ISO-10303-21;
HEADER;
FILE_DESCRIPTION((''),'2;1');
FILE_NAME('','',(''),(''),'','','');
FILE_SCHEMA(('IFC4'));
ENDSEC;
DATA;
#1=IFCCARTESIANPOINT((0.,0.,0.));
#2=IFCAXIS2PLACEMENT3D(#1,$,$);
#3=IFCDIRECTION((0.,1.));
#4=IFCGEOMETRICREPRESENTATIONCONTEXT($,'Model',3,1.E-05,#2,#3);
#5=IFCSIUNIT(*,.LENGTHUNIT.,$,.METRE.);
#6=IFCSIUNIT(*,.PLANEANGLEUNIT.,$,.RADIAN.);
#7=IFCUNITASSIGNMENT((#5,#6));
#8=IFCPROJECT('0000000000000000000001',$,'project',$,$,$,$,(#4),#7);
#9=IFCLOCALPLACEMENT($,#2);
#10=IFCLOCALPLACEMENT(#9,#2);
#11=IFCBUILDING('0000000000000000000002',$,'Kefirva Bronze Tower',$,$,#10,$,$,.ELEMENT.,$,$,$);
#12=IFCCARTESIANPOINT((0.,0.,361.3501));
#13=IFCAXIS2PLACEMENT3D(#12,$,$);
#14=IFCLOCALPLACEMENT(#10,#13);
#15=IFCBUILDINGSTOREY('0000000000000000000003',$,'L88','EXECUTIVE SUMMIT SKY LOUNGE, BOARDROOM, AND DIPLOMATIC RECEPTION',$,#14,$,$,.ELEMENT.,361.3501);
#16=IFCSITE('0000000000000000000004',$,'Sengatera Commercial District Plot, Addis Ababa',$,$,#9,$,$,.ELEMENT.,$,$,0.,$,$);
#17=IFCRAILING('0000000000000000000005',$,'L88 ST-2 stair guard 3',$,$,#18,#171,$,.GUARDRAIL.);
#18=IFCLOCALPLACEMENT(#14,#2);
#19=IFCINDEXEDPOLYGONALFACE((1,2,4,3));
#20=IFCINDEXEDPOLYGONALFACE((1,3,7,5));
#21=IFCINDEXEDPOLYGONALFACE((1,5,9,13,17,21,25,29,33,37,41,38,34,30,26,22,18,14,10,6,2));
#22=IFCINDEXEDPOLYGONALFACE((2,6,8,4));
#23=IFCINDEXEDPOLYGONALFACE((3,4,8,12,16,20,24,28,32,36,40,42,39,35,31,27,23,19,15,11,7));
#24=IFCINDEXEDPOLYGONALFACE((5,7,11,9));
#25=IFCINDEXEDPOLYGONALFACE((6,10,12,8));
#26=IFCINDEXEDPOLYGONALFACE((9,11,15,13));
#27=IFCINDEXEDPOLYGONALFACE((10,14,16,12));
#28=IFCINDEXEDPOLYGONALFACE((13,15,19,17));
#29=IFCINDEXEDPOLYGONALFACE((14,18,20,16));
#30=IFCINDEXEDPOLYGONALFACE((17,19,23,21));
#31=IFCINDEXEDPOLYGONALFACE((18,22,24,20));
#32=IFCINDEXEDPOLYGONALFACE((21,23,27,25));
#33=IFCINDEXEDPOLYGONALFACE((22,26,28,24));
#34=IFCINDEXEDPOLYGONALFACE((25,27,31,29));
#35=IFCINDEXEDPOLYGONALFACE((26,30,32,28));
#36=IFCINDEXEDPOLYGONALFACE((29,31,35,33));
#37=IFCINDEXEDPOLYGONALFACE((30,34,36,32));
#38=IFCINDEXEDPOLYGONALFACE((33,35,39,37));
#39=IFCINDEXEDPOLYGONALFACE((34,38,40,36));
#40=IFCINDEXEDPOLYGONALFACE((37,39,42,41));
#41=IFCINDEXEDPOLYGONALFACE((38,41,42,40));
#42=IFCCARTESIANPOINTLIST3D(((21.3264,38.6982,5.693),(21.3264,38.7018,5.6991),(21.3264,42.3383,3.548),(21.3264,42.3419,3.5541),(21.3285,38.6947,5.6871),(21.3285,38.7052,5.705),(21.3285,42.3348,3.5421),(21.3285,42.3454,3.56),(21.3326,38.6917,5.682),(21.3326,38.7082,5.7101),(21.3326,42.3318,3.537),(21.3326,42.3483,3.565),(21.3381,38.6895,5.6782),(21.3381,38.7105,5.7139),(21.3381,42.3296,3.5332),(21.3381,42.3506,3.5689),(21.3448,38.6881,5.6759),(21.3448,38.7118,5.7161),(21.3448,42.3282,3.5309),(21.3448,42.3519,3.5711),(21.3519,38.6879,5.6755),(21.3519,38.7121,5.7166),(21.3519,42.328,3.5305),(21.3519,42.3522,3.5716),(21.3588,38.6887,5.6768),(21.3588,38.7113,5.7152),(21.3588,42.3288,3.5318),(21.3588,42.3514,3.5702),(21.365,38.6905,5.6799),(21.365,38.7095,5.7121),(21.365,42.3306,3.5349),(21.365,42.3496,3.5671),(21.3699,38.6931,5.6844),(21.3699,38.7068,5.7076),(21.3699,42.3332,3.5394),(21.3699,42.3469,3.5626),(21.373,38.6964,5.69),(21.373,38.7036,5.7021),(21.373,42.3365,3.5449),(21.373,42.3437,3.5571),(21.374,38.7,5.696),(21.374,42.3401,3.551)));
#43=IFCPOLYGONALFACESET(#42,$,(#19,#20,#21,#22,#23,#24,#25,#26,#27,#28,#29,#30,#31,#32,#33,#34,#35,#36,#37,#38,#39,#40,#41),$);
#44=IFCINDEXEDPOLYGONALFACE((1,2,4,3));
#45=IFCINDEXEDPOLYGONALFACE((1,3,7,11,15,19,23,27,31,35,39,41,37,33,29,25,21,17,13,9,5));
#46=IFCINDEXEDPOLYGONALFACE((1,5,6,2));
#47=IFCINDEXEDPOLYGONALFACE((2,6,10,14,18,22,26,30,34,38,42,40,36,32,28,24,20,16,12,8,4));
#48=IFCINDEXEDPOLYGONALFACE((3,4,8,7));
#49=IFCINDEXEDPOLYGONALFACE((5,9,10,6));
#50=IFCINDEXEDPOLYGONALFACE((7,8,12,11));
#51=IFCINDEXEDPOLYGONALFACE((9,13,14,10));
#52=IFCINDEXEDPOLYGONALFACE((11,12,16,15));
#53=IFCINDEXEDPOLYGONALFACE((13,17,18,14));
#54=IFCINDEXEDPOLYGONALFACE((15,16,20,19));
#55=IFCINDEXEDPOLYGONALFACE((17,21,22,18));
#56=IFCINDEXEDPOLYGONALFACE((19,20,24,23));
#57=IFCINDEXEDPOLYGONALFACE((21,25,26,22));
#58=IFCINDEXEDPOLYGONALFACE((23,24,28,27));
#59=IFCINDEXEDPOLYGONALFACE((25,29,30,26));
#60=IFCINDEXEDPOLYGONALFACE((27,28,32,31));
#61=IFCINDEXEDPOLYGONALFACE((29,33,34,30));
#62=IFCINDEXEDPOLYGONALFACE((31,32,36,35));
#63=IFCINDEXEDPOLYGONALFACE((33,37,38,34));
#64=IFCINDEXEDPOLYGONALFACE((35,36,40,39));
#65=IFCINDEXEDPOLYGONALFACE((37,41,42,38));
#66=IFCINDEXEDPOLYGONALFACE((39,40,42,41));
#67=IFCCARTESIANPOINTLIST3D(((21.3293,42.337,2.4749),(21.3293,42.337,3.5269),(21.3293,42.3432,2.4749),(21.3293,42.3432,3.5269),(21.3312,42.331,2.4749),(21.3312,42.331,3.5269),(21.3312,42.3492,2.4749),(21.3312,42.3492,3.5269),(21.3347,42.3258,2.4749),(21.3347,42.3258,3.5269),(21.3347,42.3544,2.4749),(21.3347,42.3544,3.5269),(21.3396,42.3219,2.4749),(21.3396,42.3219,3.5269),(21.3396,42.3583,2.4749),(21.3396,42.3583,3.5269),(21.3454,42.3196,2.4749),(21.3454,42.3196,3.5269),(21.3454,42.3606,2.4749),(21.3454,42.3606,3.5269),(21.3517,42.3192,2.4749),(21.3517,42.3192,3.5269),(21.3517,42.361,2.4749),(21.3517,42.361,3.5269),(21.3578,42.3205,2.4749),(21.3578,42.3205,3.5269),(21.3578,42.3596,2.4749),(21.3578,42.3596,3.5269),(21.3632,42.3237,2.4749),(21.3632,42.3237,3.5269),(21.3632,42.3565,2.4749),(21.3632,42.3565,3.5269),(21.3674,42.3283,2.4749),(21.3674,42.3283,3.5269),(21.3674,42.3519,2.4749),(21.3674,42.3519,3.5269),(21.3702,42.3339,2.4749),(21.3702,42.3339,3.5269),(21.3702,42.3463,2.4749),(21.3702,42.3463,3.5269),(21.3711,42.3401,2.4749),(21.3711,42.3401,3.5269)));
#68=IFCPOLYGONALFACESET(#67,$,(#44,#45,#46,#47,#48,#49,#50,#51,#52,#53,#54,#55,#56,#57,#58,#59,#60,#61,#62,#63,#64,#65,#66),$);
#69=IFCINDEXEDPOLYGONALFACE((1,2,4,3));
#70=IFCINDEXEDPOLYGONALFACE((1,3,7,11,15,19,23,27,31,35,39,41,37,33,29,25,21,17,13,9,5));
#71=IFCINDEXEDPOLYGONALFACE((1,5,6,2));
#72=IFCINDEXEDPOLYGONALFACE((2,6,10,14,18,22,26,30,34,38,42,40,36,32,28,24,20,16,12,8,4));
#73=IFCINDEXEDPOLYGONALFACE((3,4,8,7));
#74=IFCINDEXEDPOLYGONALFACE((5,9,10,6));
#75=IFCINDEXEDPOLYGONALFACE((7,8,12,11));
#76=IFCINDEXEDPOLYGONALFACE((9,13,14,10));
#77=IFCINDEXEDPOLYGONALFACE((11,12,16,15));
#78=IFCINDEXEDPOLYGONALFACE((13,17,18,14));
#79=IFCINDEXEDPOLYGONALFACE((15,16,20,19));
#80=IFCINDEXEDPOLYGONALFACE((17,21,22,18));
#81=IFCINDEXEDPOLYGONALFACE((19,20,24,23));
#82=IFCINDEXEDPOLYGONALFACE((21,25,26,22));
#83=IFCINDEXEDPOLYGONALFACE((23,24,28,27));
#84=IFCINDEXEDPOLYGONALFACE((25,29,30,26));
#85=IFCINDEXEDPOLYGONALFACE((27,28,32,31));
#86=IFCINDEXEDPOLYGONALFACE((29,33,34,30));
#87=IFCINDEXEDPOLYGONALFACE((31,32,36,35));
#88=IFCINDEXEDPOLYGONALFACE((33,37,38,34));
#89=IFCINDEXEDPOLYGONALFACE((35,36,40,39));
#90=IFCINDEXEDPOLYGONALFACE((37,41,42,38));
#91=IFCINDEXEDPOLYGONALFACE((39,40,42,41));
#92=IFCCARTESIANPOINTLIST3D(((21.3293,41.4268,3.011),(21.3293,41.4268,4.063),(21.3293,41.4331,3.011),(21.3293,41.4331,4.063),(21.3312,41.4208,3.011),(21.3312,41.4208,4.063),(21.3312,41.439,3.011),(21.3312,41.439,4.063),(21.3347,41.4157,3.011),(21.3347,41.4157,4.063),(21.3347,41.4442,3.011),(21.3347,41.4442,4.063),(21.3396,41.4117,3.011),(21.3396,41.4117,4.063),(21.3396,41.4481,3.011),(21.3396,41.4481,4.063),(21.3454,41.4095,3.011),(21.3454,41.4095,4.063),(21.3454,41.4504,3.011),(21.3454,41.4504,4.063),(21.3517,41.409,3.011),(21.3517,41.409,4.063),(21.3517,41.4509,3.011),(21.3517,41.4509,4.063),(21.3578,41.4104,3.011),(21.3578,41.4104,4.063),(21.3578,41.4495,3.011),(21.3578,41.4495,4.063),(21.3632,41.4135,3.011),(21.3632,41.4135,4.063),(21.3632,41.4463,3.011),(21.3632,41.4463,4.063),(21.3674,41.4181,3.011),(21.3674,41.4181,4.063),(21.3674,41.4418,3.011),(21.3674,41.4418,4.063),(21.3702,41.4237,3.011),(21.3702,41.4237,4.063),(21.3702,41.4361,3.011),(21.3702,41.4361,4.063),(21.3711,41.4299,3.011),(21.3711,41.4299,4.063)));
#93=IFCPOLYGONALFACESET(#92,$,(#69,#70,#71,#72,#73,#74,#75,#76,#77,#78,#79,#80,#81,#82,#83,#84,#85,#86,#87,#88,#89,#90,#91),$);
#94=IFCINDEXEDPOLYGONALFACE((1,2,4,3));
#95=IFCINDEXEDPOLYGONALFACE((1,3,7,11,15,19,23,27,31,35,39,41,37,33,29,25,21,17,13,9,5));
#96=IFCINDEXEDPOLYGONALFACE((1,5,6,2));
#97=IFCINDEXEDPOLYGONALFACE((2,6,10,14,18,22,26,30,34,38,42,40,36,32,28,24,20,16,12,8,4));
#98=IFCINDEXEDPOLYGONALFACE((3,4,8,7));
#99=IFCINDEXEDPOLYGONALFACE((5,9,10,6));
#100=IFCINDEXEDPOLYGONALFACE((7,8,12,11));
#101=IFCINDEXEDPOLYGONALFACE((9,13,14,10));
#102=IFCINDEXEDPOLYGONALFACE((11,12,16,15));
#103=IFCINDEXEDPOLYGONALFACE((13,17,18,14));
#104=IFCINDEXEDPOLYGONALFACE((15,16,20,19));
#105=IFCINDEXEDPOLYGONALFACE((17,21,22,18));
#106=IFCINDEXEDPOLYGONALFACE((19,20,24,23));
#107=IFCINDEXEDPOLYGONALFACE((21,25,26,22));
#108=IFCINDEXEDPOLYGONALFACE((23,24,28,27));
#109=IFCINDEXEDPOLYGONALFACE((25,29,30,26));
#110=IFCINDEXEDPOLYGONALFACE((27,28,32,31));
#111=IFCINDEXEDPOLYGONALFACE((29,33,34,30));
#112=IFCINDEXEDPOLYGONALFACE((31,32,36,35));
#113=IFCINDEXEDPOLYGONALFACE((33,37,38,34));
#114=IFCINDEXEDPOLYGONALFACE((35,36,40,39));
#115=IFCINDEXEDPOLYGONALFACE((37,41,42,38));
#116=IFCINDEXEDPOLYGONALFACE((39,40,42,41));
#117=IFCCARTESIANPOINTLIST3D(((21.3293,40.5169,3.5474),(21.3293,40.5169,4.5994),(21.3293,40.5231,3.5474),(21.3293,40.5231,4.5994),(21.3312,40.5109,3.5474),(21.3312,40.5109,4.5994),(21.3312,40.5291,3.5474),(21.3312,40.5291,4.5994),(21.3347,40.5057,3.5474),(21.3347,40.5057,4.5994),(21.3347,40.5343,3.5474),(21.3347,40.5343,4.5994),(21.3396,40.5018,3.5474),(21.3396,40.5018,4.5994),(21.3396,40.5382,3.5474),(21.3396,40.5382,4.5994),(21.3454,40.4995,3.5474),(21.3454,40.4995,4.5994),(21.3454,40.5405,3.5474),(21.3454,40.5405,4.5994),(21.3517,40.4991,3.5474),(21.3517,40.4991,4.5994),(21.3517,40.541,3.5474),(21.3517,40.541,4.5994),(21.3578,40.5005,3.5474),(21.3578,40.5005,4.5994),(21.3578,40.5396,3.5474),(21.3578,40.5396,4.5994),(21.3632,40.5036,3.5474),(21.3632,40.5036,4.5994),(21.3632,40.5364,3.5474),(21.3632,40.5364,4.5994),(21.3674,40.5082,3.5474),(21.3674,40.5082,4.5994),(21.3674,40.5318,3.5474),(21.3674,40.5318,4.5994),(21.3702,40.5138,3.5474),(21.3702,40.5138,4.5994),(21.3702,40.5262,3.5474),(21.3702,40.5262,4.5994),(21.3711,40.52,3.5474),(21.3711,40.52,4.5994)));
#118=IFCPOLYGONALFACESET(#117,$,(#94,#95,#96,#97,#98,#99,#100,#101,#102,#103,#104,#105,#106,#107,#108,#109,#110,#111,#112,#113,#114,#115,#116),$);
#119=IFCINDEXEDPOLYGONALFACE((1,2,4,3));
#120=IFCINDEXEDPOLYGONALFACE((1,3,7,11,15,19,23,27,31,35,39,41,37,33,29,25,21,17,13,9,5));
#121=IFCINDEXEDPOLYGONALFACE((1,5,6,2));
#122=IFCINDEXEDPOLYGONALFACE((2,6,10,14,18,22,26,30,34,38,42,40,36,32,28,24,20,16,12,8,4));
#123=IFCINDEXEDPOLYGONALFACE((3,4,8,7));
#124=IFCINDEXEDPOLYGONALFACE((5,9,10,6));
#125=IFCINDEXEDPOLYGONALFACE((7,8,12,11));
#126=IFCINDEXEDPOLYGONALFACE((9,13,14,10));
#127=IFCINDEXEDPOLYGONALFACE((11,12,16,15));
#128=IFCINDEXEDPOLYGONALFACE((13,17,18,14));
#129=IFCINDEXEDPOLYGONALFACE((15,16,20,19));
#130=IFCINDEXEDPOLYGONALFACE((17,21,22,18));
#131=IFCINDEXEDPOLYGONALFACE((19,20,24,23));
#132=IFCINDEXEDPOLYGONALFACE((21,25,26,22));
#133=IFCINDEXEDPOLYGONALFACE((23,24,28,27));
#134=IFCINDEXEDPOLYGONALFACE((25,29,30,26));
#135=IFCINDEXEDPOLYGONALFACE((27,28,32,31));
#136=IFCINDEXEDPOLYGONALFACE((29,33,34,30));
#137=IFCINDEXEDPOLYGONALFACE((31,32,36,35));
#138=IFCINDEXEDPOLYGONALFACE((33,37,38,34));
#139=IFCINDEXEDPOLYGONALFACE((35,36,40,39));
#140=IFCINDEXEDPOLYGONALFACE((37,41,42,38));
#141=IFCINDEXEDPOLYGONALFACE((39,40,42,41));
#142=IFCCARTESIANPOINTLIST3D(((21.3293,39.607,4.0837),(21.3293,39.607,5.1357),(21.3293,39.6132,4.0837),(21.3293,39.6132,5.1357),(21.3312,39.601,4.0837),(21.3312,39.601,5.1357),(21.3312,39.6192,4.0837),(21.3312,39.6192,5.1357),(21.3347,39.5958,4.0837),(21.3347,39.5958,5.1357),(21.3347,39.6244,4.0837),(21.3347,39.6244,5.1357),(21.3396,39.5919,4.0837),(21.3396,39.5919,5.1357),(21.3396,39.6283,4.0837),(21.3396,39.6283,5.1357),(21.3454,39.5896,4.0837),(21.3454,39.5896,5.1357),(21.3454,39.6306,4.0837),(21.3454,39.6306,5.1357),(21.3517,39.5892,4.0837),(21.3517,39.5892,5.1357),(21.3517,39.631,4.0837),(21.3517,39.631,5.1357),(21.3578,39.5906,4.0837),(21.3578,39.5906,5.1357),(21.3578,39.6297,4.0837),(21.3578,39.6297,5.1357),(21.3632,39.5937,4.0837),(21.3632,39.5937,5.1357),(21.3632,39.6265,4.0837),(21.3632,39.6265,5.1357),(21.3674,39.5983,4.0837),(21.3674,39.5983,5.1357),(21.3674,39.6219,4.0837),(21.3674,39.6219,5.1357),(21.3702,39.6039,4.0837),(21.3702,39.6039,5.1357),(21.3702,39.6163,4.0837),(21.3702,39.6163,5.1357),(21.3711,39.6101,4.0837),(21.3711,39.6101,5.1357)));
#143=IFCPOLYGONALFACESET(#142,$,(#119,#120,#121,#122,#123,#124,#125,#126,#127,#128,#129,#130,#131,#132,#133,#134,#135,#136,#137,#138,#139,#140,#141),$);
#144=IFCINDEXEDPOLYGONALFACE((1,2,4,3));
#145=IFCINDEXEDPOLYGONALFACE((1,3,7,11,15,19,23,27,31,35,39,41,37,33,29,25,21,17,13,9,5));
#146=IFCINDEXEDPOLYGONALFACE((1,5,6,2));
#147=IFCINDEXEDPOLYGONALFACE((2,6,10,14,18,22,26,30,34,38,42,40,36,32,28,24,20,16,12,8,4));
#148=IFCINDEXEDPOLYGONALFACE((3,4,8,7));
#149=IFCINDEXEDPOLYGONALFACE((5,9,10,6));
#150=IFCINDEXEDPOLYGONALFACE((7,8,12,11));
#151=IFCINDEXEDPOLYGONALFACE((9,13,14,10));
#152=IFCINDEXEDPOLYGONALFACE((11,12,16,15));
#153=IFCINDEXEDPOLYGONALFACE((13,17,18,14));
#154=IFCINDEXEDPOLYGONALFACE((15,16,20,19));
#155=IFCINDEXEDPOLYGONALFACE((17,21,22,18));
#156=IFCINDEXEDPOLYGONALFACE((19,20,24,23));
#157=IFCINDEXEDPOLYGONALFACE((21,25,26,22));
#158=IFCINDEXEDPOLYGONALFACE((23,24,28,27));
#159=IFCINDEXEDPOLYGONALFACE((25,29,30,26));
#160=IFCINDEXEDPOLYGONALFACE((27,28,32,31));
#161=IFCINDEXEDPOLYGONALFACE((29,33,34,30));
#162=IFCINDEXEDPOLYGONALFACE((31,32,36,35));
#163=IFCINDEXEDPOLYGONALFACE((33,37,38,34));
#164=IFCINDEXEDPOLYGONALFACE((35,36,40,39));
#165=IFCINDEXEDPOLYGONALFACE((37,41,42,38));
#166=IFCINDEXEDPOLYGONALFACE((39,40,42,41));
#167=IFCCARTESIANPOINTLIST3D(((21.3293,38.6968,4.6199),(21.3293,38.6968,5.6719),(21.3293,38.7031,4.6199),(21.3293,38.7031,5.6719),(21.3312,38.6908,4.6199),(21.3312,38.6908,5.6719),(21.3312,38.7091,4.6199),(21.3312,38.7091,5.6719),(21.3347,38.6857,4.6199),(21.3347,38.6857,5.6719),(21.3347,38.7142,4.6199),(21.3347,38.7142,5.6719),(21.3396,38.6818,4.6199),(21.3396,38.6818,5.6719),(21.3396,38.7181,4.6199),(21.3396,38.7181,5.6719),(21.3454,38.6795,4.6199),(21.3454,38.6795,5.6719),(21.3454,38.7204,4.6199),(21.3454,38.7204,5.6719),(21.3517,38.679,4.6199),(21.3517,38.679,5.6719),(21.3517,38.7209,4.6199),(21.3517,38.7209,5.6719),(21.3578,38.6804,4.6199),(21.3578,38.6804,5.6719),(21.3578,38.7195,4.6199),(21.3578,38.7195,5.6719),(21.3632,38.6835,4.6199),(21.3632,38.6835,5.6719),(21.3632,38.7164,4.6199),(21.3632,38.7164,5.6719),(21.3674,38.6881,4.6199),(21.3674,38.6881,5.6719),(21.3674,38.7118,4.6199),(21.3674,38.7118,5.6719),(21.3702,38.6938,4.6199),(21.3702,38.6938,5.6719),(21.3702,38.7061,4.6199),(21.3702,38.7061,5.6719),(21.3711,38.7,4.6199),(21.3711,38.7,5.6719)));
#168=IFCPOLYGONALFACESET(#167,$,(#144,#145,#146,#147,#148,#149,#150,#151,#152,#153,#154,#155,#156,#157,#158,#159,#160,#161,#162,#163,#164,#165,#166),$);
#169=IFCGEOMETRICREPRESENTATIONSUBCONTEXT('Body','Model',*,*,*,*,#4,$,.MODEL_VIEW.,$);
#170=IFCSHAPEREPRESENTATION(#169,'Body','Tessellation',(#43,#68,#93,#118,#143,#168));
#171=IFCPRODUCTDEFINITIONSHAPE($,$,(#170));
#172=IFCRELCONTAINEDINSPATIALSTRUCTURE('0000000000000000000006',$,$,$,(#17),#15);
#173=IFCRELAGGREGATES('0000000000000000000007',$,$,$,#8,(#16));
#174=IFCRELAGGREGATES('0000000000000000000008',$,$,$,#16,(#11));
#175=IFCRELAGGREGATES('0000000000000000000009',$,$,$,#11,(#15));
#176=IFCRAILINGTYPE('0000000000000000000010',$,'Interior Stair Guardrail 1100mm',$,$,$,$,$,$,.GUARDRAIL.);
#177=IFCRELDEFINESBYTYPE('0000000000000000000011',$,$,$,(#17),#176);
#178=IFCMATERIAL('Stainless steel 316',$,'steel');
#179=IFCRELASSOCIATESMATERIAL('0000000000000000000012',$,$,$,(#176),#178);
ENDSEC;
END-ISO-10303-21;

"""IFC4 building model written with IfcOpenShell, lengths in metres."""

from ifc_helpers import new_model, si_unit, direction, frame, origin, origin_2d, place, context, subcontext, project, spatial, circle, extrude, material, type_object, element, save


model = new_model("IFC4")

# Units and contexts
model_context = context("Model", 3, precision=1e-05, world=origin(), true_north=direction((0.0, 1.0)))
body_context = subcontext(model_context, "Body", "Model", "MODEL_VIEW")
ifc_project = project(units=[si_unit("LENGTHUNIT", "METRE"), si_unit("PLANEANGLEUNIT", "RADIAN")], contexts=[model_context])

# Site, building, storey
site_placement = place(None, origin())
site = spatial("IfcSite", under=ifc_project, at=site_placement, Name="Sengatera Commercial District Plot, Addis Ababa", CompositionType="ELEMENT", RefElevation=0.0)
building_placement = place(site_placement, origin())
building = spatial("IfcBuilding", under=site, at=building_placement, Name="Kefirva Bronze Tower", CompositionType="ELEMENT")
storey_placement = place(building_placement, frame((0.0, 0.0, 361.3501)))
storey = spatial("IfcBuildingStorey", under=building, at=storey_placement, Name="L88", Description="EXECUTIVE SUMMIT SKY LOUNGE, BOARDROOM, AND DIPLOMATIC RECEPTION", CompositionType="ELEMENT", Elevation=361.3501)

# Railing
ifc_material_1 = material(Name="Stainless steel 316", Category="steel")
railing_type_1 = type_object("IfcRailingType", Name="Interior Stair Guardrail 1100mm", PredefinedType="GUARDRAIL", material=ifc_material_1)
railing_1_placement = place(storey_placement, frame((21.3501, 42.3401, 2.4749)))
element("IfcRailing", 1, at=railing_1_placement, inside=storey, type_object=railing_type_1, Name="L88 ST-2 stair guard 3", PredefinedType="GUARDRAIL", context=body_context, shape_type="SweptSolid", body=[
    extrude(circle(Radius=0.0239, at=origin_2d()), frame((0.0, 0.0, 1.0762), z_axis=(0.0, -0.861545, 0.507682), x_axis=(1.0, 0.0, 0.0)), (0.0, 0.0, 1.0), 4.2251),
    extrude(circle(Radius=0.021, at=origin_2d()), origin(), (0.0, 0.0, 1.0), 1.052),
    extrude(circle(Radius=0.021, at=origin_2d()), frame((0.0, -0.9102, 0.5361)), (0.0, 0.0, 1.0), 1.052),
    extrude(circle(Radius=0.021, at=origin_2d()), frame((0.0, -1.8201, 1.0725)), (0.0, 0.0, 1.0), 1.052),
    extrude(circle(Radius=0.021, at=origin_2d()), frame((0.0, -2.73, 1.6089)), (0.0, 0.0, 1.0), 1.052),
    extrude(circle(Radius=0.021, at=origin_2d()), frame((0.0, -3.6401, 2.145)), (0.0, 0.0, 1.0), 1.052),
])

save(model, "model.ifc")
